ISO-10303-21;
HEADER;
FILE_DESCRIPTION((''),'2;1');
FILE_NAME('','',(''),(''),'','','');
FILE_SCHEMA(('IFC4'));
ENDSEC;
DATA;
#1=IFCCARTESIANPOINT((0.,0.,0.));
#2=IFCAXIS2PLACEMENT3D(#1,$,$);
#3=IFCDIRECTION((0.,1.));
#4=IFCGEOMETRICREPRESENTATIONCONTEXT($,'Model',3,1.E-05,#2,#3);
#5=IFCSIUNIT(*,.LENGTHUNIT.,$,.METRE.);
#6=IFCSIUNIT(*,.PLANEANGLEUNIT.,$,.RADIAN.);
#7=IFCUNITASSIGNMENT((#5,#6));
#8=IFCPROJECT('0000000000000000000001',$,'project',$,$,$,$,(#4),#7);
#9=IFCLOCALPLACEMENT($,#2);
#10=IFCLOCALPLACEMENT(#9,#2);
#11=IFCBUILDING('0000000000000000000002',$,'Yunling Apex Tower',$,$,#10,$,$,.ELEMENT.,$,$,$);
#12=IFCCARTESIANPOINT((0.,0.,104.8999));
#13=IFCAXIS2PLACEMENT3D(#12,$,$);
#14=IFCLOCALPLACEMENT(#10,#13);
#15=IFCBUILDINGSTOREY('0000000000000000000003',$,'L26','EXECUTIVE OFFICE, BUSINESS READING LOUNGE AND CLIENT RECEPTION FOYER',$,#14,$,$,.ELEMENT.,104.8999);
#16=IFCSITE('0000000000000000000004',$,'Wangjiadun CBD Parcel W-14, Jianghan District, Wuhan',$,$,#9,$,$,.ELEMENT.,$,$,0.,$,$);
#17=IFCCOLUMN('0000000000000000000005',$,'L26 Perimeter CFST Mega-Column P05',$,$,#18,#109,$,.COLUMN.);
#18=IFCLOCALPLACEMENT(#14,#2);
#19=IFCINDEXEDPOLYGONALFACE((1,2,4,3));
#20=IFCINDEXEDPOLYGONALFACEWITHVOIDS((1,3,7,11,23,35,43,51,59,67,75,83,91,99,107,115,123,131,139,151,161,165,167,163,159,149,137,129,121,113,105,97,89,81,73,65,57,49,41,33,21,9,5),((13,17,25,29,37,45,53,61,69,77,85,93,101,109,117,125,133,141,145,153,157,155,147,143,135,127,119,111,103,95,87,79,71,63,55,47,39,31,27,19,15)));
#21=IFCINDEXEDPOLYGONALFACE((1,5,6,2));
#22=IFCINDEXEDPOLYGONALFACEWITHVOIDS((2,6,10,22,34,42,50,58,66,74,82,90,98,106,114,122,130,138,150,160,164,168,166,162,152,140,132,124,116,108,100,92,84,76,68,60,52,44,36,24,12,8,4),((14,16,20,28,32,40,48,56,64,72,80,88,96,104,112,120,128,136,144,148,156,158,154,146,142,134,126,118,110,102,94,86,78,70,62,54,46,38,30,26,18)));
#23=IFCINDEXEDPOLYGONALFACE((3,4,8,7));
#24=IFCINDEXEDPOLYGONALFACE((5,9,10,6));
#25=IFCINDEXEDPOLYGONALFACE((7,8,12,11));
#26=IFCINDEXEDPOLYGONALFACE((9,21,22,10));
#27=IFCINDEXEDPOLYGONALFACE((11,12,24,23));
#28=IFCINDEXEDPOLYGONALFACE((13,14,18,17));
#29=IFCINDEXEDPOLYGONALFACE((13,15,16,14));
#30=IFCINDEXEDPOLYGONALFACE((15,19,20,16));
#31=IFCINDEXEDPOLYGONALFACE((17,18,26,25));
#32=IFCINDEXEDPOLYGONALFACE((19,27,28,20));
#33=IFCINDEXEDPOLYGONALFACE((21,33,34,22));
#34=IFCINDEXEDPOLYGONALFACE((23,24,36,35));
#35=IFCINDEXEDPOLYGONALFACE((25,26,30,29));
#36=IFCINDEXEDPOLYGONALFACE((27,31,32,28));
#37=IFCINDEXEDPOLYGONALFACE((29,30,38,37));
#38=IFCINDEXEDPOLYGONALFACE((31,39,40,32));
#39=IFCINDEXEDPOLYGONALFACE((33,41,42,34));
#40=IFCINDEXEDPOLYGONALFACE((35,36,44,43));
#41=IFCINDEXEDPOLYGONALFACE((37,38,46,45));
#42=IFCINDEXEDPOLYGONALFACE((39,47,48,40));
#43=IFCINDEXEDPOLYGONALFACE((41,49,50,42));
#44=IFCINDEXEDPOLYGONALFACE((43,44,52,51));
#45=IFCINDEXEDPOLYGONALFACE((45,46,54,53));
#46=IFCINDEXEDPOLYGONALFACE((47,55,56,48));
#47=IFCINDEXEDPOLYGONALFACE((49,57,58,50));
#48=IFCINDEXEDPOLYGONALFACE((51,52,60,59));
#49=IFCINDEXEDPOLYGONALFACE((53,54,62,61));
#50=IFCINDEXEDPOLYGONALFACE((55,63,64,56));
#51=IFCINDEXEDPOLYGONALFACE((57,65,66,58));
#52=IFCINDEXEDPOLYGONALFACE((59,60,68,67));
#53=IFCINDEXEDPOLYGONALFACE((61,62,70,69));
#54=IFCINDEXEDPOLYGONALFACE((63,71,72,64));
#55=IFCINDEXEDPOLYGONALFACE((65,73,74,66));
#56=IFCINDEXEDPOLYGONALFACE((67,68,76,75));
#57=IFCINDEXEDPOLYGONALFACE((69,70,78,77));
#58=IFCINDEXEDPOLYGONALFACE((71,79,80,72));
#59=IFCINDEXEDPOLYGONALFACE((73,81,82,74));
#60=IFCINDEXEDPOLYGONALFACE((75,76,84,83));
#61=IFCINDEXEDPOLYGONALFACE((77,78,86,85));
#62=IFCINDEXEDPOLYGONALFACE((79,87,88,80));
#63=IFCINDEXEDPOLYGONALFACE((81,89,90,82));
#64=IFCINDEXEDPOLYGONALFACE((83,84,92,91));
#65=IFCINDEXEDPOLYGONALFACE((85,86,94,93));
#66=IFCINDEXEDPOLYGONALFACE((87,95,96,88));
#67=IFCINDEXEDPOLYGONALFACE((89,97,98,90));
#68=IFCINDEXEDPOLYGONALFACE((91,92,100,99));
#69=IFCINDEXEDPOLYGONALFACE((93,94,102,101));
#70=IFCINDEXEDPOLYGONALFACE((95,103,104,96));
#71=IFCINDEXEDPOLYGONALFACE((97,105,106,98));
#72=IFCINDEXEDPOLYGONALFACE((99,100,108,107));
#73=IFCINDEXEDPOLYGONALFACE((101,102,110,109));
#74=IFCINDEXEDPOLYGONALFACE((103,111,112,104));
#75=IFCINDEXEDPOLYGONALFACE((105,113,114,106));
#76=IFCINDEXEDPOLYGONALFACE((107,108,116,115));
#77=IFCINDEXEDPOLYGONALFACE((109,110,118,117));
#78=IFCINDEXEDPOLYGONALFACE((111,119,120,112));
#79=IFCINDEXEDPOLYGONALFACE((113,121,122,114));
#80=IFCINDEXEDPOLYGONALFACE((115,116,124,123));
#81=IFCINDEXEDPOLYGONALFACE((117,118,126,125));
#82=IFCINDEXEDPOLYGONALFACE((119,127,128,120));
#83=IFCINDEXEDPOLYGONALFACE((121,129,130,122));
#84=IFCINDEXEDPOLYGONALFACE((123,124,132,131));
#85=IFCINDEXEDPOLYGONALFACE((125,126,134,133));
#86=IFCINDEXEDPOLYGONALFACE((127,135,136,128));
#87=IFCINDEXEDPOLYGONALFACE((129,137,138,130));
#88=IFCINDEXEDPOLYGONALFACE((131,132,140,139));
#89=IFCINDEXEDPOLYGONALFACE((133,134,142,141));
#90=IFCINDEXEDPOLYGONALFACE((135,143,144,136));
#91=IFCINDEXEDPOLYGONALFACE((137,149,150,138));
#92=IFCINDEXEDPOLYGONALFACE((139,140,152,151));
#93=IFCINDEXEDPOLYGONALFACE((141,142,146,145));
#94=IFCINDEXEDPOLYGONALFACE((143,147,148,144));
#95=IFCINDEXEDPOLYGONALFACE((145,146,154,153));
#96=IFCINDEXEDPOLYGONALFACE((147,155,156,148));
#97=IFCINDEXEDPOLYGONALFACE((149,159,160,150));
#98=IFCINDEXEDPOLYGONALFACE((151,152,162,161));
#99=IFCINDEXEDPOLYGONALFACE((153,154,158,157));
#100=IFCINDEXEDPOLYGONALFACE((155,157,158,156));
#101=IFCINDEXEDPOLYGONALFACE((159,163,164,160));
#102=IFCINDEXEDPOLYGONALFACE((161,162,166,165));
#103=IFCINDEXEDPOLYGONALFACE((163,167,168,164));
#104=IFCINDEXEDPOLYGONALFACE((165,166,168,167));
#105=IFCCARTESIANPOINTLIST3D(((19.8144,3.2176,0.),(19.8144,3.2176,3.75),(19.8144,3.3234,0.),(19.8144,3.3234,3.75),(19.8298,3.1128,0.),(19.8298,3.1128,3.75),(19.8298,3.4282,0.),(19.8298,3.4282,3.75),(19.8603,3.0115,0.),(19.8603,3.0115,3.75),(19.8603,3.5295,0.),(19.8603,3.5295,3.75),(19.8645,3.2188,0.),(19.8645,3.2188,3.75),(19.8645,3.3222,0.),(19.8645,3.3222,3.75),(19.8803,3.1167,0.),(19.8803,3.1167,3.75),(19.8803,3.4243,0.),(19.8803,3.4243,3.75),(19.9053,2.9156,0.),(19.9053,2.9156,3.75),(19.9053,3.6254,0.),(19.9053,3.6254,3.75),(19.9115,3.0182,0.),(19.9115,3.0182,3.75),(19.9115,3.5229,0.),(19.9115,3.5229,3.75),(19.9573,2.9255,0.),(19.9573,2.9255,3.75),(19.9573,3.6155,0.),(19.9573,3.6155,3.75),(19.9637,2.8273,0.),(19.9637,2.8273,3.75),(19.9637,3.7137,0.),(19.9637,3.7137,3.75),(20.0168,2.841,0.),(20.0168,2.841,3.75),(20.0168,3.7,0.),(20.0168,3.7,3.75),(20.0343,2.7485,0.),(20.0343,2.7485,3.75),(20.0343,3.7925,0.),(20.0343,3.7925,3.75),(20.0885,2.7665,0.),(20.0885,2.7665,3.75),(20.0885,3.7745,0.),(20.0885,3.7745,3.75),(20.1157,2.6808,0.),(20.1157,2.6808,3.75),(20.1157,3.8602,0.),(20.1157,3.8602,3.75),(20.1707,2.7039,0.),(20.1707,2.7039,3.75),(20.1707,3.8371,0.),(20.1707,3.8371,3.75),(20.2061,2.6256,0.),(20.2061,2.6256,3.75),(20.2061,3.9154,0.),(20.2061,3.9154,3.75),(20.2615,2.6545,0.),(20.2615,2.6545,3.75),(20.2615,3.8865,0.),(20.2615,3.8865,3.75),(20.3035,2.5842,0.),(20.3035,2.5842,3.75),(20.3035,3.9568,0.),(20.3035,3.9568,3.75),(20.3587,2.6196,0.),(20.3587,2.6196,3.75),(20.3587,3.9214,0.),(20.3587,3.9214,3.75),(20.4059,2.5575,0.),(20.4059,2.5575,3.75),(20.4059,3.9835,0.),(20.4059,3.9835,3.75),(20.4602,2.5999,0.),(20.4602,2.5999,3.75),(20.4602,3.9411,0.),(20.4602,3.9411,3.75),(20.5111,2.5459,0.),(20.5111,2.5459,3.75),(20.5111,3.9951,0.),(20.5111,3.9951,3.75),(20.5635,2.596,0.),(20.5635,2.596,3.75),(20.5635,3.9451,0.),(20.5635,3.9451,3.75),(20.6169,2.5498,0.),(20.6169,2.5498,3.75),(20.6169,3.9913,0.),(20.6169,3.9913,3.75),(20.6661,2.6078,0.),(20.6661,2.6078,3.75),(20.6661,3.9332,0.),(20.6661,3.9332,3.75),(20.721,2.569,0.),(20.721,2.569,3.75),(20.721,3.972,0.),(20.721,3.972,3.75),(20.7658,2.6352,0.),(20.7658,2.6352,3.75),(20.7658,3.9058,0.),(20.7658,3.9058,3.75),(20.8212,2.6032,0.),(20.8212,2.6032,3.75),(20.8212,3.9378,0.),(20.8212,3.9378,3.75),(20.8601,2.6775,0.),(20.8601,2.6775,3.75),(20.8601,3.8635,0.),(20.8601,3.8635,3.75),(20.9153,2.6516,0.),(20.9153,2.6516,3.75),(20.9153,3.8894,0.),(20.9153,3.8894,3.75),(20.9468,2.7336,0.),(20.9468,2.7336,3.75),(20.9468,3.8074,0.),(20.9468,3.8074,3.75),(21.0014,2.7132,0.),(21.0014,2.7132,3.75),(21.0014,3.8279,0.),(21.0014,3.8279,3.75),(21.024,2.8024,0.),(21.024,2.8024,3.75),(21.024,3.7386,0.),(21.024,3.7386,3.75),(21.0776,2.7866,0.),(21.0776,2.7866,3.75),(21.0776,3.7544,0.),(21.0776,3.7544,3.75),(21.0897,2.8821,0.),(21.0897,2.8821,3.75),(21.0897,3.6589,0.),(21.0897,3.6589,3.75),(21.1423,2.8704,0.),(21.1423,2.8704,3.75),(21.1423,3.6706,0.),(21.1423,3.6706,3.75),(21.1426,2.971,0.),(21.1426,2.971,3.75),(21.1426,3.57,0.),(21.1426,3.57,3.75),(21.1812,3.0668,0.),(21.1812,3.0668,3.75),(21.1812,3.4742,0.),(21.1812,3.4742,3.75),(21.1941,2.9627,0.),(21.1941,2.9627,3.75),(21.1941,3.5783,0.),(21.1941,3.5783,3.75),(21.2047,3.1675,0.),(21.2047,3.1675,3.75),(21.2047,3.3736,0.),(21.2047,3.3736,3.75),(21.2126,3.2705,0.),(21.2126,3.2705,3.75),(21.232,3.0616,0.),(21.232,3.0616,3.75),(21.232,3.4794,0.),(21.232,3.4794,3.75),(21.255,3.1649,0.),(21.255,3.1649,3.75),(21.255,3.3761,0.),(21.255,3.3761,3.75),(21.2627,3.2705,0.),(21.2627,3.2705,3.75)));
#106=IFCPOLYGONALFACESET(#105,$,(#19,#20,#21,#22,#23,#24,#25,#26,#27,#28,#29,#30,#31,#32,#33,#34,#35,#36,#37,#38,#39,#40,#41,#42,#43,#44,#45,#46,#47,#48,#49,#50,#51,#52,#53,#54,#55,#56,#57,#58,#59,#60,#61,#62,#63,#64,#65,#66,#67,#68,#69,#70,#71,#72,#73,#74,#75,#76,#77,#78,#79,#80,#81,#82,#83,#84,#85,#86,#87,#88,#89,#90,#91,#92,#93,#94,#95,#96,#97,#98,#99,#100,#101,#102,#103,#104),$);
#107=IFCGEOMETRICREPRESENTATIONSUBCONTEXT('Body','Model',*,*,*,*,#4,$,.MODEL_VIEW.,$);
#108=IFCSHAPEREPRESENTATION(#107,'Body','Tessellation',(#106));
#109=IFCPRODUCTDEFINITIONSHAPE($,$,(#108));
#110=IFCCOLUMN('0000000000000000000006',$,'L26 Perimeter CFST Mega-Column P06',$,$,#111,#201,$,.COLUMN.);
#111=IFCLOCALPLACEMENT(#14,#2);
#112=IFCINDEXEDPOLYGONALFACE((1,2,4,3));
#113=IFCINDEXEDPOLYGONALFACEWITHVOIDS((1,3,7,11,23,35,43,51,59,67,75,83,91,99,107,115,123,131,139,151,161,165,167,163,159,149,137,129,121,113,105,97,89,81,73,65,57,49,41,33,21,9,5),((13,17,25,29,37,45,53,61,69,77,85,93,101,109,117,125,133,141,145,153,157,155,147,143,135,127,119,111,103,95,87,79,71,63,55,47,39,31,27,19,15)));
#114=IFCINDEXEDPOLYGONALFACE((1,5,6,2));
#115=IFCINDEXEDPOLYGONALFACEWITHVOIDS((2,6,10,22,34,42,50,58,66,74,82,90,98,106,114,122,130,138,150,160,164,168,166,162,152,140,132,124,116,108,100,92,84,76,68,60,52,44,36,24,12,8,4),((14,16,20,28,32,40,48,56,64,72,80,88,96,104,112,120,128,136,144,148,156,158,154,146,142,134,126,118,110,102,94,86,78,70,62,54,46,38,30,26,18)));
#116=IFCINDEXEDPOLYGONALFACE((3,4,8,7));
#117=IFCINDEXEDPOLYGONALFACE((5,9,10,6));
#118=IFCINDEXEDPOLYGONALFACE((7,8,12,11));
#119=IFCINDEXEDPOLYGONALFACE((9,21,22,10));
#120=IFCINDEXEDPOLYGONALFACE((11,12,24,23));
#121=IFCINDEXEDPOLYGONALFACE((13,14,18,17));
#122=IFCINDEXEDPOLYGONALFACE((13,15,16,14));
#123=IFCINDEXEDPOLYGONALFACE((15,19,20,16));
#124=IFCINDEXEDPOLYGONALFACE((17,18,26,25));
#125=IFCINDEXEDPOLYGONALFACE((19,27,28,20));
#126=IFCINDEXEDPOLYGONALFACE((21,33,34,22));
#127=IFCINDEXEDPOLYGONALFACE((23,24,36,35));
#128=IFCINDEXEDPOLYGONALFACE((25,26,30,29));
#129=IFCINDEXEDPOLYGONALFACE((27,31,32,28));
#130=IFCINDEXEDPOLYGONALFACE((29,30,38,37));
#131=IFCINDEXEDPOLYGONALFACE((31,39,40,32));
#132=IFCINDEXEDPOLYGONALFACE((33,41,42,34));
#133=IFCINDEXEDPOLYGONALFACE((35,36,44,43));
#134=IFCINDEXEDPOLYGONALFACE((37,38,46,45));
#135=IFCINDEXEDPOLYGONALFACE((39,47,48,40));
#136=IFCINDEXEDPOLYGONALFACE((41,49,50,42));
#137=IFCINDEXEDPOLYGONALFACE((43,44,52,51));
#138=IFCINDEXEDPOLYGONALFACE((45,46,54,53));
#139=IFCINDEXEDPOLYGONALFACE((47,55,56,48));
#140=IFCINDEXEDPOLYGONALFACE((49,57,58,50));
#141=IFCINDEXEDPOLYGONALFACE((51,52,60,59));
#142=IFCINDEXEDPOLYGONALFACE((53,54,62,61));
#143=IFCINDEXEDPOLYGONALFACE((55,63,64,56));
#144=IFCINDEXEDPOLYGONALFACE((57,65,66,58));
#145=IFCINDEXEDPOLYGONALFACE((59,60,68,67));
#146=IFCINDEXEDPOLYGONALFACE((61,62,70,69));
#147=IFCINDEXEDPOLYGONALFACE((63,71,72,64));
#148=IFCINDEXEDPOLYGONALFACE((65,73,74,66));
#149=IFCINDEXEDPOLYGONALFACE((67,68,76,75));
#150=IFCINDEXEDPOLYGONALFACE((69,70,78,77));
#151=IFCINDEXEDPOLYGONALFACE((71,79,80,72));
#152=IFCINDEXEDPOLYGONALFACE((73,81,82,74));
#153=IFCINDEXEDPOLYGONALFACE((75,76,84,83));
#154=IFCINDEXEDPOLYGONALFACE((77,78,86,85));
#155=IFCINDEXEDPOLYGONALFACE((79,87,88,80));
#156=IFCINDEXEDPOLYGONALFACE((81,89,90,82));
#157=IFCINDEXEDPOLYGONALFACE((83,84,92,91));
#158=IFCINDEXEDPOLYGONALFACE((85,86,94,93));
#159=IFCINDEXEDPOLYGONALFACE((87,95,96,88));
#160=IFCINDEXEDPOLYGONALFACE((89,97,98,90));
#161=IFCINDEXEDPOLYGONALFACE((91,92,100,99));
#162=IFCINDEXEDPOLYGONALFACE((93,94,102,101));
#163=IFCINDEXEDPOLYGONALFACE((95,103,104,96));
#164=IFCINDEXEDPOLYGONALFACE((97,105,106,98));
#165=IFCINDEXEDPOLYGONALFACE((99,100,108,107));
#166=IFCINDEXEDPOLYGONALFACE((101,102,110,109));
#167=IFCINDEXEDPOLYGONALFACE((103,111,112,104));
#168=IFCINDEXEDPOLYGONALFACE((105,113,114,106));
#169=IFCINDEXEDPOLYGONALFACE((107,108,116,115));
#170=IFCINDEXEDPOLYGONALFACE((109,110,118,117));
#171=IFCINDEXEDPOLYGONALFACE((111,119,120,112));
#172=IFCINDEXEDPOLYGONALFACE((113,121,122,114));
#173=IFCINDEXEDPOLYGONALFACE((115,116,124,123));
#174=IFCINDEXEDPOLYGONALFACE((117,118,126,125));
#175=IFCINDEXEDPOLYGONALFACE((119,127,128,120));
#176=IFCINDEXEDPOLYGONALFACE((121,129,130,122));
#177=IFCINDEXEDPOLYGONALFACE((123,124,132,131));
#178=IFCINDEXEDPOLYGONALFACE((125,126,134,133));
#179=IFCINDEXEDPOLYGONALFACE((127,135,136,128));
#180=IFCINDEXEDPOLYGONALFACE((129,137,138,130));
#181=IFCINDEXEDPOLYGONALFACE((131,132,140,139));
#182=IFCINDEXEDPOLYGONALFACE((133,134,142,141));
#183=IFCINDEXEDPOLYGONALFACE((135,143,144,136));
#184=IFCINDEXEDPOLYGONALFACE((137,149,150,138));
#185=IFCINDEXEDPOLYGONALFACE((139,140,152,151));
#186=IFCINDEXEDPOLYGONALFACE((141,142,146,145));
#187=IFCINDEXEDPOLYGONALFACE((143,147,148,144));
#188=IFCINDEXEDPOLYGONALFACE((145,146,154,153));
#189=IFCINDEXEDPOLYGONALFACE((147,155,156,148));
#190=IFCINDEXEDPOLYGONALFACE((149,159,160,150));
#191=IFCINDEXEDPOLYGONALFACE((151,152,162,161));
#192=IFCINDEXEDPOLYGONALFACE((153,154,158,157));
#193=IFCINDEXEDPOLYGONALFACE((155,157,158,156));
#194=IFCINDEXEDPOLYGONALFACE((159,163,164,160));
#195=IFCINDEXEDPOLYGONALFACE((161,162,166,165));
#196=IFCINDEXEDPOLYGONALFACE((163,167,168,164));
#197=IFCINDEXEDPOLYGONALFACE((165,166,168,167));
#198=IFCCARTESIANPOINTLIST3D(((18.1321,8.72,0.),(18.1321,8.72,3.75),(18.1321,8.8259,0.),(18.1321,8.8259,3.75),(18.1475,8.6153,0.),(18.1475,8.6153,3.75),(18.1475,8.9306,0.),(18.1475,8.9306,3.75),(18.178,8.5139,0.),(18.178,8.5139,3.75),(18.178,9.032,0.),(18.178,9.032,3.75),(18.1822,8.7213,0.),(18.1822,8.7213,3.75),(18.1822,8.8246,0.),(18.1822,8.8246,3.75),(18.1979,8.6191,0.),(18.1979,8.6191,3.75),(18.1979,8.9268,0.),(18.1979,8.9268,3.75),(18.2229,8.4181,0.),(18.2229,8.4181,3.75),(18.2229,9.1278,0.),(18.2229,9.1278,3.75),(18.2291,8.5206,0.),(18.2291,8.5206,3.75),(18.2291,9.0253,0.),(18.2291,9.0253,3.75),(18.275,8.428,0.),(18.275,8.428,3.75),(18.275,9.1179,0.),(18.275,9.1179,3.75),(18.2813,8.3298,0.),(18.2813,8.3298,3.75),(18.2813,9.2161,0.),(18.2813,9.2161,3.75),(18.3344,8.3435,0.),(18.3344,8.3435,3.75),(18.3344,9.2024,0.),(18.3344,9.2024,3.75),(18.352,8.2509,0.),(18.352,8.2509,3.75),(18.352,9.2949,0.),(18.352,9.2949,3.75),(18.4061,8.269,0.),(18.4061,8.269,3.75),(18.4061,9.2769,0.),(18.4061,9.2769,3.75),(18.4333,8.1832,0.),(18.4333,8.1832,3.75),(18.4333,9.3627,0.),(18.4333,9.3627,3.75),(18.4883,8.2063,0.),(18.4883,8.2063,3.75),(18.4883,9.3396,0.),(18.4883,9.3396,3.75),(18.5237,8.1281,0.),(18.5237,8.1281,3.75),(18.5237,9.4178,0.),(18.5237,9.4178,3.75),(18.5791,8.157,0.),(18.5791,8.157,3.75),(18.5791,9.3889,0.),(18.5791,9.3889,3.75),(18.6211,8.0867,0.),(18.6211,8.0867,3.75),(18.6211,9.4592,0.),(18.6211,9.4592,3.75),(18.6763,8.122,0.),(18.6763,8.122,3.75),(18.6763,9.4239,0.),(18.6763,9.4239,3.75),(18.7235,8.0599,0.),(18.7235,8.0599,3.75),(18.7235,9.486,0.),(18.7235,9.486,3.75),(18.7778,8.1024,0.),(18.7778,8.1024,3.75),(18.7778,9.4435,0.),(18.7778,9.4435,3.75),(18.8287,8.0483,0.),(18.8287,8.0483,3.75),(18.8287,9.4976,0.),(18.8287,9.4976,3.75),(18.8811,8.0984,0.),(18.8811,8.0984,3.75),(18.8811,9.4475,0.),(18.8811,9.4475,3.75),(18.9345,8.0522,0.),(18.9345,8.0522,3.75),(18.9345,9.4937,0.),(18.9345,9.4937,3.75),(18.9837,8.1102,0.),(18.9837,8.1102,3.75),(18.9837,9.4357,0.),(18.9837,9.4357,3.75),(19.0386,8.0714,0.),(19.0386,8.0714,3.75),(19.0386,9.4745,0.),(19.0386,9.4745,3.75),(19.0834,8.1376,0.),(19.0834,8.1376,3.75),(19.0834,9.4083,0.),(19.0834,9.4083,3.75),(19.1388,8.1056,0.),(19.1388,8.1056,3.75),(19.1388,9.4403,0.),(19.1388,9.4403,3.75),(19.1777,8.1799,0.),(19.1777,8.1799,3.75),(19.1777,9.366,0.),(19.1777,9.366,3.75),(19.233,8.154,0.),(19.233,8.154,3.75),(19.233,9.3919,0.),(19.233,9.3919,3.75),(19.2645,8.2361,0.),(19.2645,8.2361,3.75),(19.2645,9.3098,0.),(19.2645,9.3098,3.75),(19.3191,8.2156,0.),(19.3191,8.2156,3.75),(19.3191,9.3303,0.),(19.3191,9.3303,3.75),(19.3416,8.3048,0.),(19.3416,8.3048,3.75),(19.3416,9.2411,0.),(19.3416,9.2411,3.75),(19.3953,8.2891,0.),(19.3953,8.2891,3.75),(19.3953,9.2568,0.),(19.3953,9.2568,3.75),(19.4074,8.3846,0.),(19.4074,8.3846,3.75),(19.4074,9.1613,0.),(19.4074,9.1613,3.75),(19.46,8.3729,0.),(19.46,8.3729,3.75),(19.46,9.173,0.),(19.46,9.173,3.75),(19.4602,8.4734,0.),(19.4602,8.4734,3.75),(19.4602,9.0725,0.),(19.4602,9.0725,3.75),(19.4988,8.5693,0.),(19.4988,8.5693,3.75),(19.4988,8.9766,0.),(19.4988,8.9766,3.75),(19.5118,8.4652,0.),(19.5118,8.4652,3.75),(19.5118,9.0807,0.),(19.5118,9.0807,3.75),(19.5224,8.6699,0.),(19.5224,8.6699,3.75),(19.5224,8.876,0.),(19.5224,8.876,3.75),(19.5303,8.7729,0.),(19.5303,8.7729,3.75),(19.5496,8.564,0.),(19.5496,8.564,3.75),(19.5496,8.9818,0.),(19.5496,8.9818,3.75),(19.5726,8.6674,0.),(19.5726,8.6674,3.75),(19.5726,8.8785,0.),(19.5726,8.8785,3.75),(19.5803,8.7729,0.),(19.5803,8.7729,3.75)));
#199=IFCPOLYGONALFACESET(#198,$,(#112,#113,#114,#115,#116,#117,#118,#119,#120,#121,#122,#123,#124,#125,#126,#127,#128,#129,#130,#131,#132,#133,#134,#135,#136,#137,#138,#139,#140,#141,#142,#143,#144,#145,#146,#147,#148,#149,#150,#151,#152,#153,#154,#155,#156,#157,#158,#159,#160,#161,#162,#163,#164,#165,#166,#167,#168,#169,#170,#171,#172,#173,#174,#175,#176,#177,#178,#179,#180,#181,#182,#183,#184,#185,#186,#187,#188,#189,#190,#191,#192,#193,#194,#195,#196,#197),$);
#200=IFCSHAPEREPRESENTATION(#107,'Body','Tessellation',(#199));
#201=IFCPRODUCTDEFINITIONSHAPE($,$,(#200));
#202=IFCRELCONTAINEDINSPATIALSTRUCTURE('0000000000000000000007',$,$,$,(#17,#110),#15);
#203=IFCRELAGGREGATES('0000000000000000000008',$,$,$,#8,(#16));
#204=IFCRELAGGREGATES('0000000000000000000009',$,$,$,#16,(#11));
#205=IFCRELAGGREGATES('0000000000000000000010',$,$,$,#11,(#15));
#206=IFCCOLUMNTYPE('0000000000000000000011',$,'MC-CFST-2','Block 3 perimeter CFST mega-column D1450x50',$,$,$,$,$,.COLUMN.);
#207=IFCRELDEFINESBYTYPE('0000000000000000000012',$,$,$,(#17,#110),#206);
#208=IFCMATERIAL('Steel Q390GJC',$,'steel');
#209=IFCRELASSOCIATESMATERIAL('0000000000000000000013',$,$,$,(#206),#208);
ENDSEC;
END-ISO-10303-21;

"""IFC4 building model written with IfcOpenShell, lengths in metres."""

from ifc_helpers import new_model, si_unit, direction, frame, origin, origin_2d, place, context, subcontext, project, spatial, hollow_circle, extrude, source, transform, mapped, material, material_profile, profile_set, type_object, element, save


model = new_model("IFC4")

# Units and contexts
model_context = context("Model", 3, precision=1e-05, world=origin(), true_north=direction((0.0, 1.0)))
body_context = subcontext(model_context, "Body", "Model", "MODEL_VIEW")
ifc_project = project(units=[si_unit("LENGTHUNIT", "METRE"), si_unit("PLANEANGLEUNIT", "RADIAN")], contexts=[model_context])

# Site, building, storey
site_placement = place(None, origin())
site = spatial("IfcSite", under=ifc_project, at=site_placement, Name="Wangjiadun CBD Parcel W-14, Jianghan District, Wuhan", CompositionType="ELEMENT", RefElevation=0.0)
building_placement = place(site_placement, origin())
building = spatial("IfcBuilding", under=site, at=building_placement, Name="Yunling Apex Tower", CompositionType="ELEMENT")
storey_placement = place(building_placement, frame((0.0, 0.0, 104.8999)))
storey = spatial("IfcBuildingStorey", under=building, at=storey_placement, Name="L26", Description="EXECUTIVE OFFICE, BUSINESS READING LOUNGE AND CLIENT RECEPTION FOYER", CompositionType="ELEMENT", Elevation=104.8999)

# Columns
ifc_material_1 = material(Name="Steel Q390GJC", Category="steel")
ifc_material_profile_1 = material_profile(ifc_material_1, hollow_circle(Radius=0.7251, WallThickness=0.05, at=origin_2d()))
ifc_profile_set_1 = profile_set([ifc_material_profile_1], Name="Steel Q390GJC")
column_type = type_object("IfcColumnType", Name="MC-CFST-2", Description="Block 3 perimeter CFST mega-column D1450x50", PredefinedType="COLUMN", material=ifc_profile_set_1)
shared_shape_1 = source(origin(), body_context, "Body", "SweptSolid", [
    extrude(hollow_circle(Radius=0.7251, WallThickness=0.05, at=origin_2d()), origin(), (0.0, 0.0, 1.0), 3.75),
])
for number, where, z_axis, x_axis, name in (
    (1, (20.5376, 3.2705, 0.0), (0.0, 0.0, 1.0), (1.0, 0.0, 0.0), "L26 Perimeter CFST Mega-Column P05"),
    (2, (18.8552, 8.7729, 0.0), (0.0, 0.0, 1.0), (1.0, 0.0, 0.0), "L26 Perimeter CFST Mega-Column P06"),
):
    element("IfcColumn", number, at=place(storey_placement, frame(where, z_axis=z_axis, x_axis=x_axis)), inside=storey, type_object=column_type, Name=name, PredefinedType="COLUMN", context=body_context, shape_type="MappedRepresentation", body=[
        mapped(shared_shape_1, transform((0.0, 0.0, 0.0), scale=1.0)),
    ])

save(model, "model.ifc")
